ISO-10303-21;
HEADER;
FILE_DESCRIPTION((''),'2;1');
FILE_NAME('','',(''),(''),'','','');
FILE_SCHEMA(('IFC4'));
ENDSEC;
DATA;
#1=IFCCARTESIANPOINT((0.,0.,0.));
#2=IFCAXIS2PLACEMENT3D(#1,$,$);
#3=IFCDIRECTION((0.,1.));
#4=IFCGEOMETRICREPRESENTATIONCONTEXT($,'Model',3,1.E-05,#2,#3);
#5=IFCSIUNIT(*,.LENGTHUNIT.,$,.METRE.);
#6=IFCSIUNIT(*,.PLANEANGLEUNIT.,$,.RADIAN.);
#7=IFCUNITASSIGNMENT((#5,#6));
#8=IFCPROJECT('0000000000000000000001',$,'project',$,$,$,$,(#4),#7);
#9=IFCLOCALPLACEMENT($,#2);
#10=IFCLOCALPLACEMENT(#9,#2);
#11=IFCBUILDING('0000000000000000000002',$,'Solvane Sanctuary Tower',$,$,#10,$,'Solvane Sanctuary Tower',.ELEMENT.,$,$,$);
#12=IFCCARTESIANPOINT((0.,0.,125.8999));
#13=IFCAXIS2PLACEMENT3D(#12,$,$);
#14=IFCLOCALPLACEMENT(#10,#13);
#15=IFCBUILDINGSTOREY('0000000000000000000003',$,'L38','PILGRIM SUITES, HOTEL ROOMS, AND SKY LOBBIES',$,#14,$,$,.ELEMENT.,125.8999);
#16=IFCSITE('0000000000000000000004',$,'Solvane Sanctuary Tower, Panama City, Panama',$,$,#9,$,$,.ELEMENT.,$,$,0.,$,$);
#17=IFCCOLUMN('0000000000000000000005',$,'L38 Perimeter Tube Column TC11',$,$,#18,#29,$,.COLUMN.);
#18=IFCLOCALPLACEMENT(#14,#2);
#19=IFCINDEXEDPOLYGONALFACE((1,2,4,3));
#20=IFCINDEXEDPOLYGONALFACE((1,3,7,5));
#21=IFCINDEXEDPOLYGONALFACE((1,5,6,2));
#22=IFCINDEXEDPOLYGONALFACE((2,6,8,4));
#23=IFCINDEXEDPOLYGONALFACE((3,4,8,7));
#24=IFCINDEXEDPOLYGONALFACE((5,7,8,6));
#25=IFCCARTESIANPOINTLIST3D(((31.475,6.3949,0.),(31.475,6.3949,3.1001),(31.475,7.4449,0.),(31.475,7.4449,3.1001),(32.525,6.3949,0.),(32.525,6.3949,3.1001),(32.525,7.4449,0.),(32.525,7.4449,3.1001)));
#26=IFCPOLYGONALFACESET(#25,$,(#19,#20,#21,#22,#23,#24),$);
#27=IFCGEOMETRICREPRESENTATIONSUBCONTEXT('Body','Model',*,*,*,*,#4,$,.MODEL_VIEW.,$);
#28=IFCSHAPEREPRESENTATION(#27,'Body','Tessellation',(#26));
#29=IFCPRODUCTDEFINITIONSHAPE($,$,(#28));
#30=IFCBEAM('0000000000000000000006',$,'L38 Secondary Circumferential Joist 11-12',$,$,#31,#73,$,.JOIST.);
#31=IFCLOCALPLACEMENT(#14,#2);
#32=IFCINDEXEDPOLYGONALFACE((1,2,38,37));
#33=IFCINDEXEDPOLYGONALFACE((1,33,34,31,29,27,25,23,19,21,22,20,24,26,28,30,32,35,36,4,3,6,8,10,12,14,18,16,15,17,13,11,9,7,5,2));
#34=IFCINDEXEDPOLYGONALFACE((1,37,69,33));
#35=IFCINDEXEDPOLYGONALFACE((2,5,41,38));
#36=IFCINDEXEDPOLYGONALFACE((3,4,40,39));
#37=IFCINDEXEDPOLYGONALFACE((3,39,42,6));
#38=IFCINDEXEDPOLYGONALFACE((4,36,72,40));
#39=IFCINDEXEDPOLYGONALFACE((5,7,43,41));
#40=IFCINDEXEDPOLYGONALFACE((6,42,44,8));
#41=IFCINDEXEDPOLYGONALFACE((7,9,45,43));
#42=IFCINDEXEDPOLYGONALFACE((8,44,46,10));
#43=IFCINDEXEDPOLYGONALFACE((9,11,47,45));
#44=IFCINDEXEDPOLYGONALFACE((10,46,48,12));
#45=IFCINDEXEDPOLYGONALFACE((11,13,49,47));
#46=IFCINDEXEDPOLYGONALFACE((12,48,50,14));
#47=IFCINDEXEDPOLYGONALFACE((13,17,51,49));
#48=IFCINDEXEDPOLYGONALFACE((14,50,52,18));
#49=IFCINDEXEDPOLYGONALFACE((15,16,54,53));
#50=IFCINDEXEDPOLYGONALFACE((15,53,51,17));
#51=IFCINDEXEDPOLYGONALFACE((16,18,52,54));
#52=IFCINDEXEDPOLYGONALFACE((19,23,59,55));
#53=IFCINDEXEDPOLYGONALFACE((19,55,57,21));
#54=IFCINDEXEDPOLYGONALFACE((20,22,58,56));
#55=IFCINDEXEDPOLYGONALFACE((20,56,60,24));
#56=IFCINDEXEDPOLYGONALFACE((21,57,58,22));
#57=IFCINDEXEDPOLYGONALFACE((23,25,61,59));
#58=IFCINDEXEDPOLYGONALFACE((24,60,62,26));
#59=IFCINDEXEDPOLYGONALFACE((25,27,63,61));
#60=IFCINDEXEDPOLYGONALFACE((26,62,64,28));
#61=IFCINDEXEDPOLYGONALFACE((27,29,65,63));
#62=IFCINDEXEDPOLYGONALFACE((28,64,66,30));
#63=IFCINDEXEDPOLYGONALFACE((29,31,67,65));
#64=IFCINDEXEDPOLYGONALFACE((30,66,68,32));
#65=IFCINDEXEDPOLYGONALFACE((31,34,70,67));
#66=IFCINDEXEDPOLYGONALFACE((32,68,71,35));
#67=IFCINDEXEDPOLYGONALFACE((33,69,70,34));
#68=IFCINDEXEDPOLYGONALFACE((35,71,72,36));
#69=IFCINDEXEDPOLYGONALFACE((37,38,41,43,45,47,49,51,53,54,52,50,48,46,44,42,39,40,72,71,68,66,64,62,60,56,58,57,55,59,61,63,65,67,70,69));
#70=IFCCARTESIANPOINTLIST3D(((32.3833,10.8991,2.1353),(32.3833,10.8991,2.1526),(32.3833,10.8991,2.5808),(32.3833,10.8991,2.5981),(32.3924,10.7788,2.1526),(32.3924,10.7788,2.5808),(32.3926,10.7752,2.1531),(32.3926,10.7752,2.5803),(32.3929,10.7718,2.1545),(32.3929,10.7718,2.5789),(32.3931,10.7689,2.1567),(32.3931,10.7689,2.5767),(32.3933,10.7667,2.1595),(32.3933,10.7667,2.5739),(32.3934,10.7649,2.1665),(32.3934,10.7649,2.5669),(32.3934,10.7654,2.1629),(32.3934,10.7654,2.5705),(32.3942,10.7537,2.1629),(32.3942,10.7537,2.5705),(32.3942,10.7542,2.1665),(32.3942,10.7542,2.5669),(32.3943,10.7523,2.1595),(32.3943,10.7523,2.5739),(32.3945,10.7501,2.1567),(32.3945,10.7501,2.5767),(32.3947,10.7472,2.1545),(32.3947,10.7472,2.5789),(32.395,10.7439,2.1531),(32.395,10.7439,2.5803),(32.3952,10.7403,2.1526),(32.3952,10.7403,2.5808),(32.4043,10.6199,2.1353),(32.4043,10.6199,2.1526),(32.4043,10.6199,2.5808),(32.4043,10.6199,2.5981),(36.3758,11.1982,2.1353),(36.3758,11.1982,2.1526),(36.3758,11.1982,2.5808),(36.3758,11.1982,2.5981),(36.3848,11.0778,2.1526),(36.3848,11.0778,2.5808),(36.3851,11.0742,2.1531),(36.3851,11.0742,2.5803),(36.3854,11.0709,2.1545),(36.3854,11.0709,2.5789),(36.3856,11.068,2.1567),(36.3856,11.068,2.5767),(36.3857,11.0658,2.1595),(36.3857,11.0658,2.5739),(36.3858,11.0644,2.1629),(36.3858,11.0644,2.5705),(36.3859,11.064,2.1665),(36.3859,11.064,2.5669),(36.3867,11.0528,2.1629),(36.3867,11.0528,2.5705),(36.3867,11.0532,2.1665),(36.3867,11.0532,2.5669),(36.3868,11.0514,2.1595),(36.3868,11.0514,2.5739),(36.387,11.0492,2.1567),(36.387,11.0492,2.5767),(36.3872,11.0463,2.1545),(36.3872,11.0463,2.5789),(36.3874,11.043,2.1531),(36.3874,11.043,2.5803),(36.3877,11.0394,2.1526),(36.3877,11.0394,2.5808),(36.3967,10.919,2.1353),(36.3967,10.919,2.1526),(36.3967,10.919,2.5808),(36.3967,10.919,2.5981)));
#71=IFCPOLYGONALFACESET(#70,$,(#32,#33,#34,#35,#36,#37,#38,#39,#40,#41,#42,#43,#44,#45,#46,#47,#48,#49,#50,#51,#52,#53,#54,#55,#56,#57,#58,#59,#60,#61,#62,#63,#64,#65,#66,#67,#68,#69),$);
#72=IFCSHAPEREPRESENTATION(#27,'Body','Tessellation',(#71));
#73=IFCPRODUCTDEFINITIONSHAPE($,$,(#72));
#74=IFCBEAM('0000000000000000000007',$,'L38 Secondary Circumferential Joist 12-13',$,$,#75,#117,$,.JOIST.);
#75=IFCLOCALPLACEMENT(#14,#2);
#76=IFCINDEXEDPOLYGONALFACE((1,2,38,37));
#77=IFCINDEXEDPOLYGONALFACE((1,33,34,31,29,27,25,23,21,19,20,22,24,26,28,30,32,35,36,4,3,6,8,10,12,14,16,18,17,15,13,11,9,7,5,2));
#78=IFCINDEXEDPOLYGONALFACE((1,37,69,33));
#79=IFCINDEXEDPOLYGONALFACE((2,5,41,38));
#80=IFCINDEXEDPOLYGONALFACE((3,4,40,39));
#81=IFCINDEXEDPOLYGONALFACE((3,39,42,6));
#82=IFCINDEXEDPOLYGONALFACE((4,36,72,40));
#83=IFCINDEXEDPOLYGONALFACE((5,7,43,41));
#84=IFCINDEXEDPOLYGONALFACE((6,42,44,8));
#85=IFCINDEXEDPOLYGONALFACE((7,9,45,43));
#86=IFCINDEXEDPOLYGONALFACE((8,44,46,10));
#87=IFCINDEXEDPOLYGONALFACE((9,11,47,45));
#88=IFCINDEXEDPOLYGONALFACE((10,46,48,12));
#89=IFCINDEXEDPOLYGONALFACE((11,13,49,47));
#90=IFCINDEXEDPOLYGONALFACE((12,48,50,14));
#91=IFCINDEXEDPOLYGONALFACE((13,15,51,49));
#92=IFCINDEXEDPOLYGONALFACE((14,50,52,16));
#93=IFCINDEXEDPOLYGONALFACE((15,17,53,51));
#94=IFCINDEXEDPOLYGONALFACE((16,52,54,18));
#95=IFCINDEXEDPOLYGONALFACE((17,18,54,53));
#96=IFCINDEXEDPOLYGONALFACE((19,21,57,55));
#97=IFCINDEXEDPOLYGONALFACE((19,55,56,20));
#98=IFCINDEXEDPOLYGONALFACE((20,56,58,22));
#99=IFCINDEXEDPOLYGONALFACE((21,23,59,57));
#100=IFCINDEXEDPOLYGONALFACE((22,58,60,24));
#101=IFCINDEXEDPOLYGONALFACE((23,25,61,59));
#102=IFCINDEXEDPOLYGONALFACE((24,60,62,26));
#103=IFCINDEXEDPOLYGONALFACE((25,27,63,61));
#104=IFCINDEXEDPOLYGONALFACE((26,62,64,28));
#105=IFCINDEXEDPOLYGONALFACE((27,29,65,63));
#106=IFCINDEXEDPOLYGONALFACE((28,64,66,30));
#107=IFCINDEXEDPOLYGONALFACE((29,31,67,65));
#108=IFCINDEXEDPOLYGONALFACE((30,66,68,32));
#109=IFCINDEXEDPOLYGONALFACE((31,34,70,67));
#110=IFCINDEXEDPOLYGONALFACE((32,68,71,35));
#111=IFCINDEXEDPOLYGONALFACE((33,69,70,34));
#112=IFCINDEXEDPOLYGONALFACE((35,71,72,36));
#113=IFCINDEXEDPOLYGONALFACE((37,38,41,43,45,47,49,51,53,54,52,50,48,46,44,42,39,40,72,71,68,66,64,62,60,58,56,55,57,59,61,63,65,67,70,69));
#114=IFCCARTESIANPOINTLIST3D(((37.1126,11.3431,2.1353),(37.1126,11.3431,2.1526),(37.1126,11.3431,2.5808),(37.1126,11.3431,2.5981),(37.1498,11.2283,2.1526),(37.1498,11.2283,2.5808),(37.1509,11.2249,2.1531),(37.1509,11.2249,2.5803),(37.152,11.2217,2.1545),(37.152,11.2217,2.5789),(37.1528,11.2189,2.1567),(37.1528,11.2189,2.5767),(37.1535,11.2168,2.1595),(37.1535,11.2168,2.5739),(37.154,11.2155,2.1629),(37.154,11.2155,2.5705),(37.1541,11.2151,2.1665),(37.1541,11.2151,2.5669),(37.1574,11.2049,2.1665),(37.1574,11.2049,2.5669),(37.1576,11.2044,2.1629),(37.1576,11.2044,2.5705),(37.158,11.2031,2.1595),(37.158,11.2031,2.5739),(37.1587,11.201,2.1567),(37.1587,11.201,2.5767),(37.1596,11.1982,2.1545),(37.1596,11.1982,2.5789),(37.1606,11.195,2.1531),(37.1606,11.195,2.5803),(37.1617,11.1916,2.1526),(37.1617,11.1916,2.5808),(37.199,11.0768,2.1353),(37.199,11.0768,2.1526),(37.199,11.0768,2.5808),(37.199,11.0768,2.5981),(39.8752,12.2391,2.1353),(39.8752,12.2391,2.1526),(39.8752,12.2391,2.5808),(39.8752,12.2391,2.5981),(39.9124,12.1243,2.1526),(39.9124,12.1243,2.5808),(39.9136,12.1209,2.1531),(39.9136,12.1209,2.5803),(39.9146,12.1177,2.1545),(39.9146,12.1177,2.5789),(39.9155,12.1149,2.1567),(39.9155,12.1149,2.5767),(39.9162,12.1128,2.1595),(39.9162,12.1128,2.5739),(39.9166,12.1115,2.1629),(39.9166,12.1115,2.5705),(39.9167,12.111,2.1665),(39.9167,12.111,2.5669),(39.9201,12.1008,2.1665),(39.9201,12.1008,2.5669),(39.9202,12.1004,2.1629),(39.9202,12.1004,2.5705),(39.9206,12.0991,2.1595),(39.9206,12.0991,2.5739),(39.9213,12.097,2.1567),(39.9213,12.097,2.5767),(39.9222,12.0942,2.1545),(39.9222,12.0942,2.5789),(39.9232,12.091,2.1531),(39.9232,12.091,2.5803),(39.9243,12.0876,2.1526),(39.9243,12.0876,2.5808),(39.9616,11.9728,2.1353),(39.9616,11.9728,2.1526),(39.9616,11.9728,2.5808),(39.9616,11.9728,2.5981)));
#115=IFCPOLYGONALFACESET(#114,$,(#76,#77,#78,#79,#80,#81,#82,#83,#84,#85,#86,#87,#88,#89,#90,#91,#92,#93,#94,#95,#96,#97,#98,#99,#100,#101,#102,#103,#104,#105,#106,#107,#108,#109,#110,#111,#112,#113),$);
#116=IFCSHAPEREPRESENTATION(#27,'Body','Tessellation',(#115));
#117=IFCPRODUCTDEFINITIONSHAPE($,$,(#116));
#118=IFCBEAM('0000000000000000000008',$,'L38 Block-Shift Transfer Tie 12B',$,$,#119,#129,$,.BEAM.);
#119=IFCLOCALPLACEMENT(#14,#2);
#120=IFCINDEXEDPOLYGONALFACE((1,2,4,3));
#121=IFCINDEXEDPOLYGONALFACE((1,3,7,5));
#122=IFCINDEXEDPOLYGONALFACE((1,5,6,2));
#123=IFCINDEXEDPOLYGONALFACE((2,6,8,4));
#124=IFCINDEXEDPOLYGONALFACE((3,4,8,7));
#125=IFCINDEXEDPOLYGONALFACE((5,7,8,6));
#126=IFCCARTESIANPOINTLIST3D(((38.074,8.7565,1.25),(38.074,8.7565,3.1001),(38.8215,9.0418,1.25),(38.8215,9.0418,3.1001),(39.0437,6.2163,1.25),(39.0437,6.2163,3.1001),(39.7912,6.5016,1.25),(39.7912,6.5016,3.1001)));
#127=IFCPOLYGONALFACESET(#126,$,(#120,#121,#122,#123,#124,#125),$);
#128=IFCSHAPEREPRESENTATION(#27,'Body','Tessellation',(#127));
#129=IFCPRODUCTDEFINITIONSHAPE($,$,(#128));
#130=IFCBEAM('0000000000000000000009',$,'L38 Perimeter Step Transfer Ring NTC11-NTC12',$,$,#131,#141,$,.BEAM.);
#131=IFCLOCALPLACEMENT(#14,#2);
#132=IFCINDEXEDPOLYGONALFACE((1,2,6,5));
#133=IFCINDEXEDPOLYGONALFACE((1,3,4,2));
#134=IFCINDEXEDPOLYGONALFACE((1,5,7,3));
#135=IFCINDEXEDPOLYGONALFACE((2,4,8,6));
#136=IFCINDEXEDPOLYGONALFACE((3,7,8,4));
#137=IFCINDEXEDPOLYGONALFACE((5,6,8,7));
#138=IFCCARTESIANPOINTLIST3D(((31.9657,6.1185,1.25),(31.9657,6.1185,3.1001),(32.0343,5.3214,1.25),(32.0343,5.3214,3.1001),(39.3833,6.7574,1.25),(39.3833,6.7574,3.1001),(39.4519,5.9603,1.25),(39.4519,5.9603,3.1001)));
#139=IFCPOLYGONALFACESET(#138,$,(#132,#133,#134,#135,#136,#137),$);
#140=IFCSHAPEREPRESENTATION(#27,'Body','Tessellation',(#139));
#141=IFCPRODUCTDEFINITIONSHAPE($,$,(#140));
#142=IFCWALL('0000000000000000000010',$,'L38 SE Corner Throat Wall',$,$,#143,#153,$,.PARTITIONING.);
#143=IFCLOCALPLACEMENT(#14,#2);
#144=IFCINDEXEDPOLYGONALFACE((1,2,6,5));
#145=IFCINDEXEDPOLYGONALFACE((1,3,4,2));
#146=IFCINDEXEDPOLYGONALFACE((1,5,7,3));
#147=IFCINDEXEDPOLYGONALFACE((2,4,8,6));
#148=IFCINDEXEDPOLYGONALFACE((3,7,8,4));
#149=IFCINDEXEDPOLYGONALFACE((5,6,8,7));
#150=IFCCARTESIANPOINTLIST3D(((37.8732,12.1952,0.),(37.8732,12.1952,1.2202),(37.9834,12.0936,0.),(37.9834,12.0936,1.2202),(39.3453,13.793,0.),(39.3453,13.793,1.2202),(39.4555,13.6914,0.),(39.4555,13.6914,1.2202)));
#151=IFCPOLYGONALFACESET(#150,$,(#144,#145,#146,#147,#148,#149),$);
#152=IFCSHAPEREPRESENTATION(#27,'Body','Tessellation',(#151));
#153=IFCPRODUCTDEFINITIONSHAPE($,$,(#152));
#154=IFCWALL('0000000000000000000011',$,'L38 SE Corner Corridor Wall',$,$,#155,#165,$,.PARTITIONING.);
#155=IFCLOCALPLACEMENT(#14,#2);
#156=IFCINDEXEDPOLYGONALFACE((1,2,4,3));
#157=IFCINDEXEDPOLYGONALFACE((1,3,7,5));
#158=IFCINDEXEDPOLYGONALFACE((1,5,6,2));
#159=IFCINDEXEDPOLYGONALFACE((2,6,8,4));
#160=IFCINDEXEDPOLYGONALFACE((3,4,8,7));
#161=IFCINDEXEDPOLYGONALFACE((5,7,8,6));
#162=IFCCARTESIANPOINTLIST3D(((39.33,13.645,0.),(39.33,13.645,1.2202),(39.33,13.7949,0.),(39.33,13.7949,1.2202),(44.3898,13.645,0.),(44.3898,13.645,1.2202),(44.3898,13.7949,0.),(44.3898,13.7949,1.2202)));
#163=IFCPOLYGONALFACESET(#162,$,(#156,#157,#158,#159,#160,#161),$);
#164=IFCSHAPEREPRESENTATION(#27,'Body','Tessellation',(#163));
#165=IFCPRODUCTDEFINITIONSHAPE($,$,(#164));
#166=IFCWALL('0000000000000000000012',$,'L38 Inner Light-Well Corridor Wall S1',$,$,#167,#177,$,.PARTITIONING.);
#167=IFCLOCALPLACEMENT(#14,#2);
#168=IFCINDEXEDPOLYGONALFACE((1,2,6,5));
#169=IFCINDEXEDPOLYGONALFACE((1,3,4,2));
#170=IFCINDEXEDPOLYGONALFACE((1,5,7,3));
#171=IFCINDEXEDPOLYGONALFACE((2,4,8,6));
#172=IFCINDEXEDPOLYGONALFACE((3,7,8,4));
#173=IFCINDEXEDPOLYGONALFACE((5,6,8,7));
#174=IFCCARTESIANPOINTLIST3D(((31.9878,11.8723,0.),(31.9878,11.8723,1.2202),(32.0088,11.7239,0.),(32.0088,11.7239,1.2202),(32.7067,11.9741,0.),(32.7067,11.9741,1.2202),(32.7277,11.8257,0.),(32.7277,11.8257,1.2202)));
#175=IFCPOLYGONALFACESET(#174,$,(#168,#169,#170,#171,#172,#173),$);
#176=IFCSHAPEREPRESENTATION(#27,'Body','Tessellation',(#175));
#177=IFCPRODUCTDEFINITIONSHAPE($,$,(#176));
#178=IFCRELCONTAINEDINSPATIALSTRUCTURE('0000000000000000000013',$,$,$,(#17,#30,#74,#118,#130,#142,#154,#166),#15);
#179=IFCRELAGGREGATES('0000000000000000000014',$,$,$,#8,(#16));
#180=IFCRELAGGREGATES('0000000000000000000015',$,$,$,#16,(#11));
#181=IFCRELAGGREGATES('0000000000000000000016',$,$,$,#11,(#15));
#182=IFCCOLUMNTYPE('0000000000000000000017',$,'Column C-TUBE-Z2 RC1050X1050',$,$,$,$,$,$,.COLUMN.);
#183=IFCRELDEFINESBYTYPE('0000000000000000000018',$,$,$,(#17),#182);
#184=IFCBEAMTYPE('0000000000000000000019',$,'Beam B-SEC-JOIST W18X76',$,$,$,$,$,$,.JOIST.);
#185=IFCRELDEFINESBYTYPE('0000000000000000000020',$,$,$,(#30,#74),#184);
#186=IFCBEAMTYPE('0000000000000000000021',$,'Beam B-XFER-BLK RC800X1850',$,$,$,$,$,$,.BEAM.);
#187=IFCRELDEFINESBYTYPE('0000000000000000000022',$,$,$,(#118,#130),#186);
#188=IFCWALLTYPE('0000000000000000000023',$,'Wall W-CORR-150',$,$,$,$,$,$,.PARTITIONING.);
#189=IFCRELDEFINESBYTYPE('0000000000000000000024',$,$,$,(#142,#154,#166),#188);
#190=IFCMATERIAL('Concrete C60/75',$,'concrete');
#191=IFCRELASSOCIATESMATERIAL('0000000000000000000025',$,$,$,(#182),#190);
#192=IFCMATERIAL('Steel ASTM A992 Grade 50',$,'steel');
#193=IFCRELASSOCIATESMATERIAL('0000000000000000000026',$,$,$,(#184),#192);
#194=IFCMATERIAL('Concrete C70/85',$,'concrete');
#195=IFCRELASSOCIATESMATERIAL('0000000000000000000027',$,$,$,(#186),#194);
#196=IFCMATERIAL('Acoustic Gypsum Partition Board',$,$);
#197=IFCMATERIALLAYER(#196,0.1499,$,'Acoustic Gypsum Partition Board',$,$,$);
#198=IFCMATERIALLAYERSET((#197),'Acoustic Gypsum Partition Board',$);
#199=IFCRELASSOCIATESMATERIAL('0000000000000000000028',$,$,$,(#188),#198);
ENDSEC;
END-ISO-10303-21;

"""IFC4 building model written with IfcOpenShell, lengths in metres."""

from ifc_helpers import new_model, si_unit, direction, frame, frame_2d, origin, origin_2d, place, context, subcontext, project, spatial, rectangle, i_section, extrude, material, layer, layer_set, material_profile, profile_set, type_object, element, save


model = new_model("IFC4")

# Units and contexts
model_context = context("Model", 3, precision=1e-05, world=origin(), true_north=direction((0.0, 1.0)))
body_context = subcontext(model_context, "Body", "Model", "MODEL_VIEW")
ifc_project = project(units=[si_unit("LENGTHUNIT", "METRE"), si_unit("PLANEANGLEUNIT", "RADIAN")], contexts=[model_context])

# Site, building, storey
site_placement = place(None, origin())
site = spatial("IfcSite", under=ifc_project, at=site_placement, Name="Solvane Sanctuary Tower, Panama City, Panama", CompositionType="ELEMENT", RefElevation=0.0)
building_placement = place(site_placement, origin())
building = spatial("IfcBuilding", under=site, at=building_placement, Name="Solvane Sanctuary Tower", LongName="Solvane Sanctuary Tower", CompositionType="ELEMENT")
storey_placement = place(building_placement, frame((0.0, 0.0, 125.8999)))
storey = spatial("IfcBuildingStorey", under=building, at=storey_placement, Name="L38", Description="PILGRIM SUITES, HOTEL ROOMS, AND SKY LOBBIES", CompositionType="ELEMENT", Elevation=125.8999)

# Column
ifc_material_1 = material(Name="Concrete C60/75", Category="concrete")
ifc_material_profile_1 = material_profile(ifc_material_1, rectangle(XDim=1.05, YDim=1.05, at=origin_2d()), Name="RC1050X1050")
ifc_profile_set_1 = profile_set([ifc_material_profile_1], Name="Concrete C60/75")
column_type = type_object("IfcColumnType", Name="Column C-TUBE-Z2 RC1050X1050", PredefinedType="COLUMN", material=ifc_profile_set_1)
column_placement = place(storey_placement, frame((32.0, 6.9199, 0.0), z_axis=(0.0, 0.0, 1.0), x_axis=(0.0, -1.0, 0.0)))
element("IfcColumn", 1, at=column_placement, inside=storey, type_object=column_type, Name="L38 Perimeter Tube Column TC11", PredefinedType="COLUMN", context=body_context, shape_type="SweptSolid", body=[
    extrude(rectangle(XDim=1.05, YDim=1.05, at=origin_2d()), origin(), (0.0, 0.0, 1.0), 3.1001),
])

# Beams
ifc_material_2 = material(Name="Steel ASTM A992 Grade 50", Category="steel")
ifc_material_profile_2 = material_profile(ifc_material_2, i_section(OverallWidth=0.28, OverallDepth=0.4629, WebThickness=0.0107, FlangeThickness=0.0173, FilletRadius=0.0139, at=origin_2d()), Name="W18X76")
ifc_profile_set_2 = profile_set([ifc_material_profile_2], Name="Steel ASTM A992 Grade 50")
beam_type_1 = type_object("IfcBeamType", Name="Beam B-SEC-JOIST W18X76", PredefinedType="JOIST", material=ifc_profile_set_2)
beam_1_placement = place(storey_placement, frame((32.3938, 10.7595, 2.3667), z_axis=(0.997206, 0.074701, 0.0), x_axis=(-0.074701, 0.997206, 0.0)))
element("IfcBeam", 2, at=beam_1_placement, inside=storey, type_object=beam_type_1, Name="L38 Secondary Circumferential Joist 11-12", PredefinedType="JOIST", context=body_context, shape_type="SweptSolid", body=[
    extrude(i_section(OverallWidth=0.28, OverallDepth=0.4629, WebThickness=0.0107, FlangeThickness=0.0173, FilletRadius=0.0139, at=origin_2d()), origin(), (0.0, 0.0, 1.0), 4.0037),
])
beam_2_placement = place(storey_placement, frame((37.1558, 11.21, 2.3667), z_axis=(0.951224, 0.308501, 0.0), x_axis=(-0.308501, 0.951224, 0.0)))
element("IfcBeam", 3, at=beam_2_placement, inside=storey, type_object=beam_type_1, Name="L38 Secondary Circumferential Joist 12-13", PredefinedType="JOIST", context=body_context, shape_type="SweptSolid", body=[
    extrude(i_section(OverallWidth=0.28, OverallDepth=0.4629, WebThickness=0.0107, FlangeThickness=0.0173, FilletRadius=0.0139, at=origin_2d()), origin(), (0.0, 0.0, 1.0), 2.9043),
])
ifc_material_3 = material(Name="Concrete C70/85", Category="concrete")
ifc_material_profile_3 = material_profile(ifc_material_3, rectangle(XDim=0.8, YDim=1.8501, at=origin_2d()), Name="RC800X1850")
ifc_profile_set_3 = profile_set([ifc_material_profile_3], Name="Concrete C70/85")
beam_type_2 = type_object("IfcBeamType", Name="Beam B-XFER-BLK RC800X1850", PredefinedType="BEAM", material=ifc_profile_set_3)
beam_3_placement = place(storey_placement, frame((38.4478, 8.8992, 2.175), z_axis=(0.356637, -0.934243, 0.0), x_axis=(0.934243, 0.356637, 0.0)))
element("IfcBeam", 4, at=beam_3_placement, inside=storey, type_object=beam_type_2, Name="L38 Block-Shift Transfer Tie 12B", PredefinedType="BEAM", context=body_context, shape_type="SweptSolid", body=[
    extrude(rectangle(XDim=0.8, YDim=1.8501, at=origin_2d()), origin(), (0.0, 0.0, 1.0), 2.719),
])
beam_4_placement = place(storey_placement, frame((32.0, 5.72, 2.175), z_axis=(0.996311, 0.085819, 0.0), x_axis=(-0.085819, 0.996311, 0.0)))
element("IfcBeam", 5, at=beam_4_placement, inside=storey, type_object=beam_type_2, Name="L38 Perimeter Step Transfer Ring NTC11-NTC12", PredefinedType="BEAM", context=body_context, shape_type="SweptSolid", body=[
    extrude(rectangle(XDim=0.8, YDim=1.8501, at=origin_2d()), origin(), (0.0, 0.0, 1.0), 7.4451),
])

# Walls
ifc_material_4 = material(Name="Acoustic Gypsum Partition Board")
ifc_layer_1 = layer(ifc_material_4, 0.1499, Name="Acoustic Gypsum Partition Board")
ifc_layer_set_1 = layer_set([ifc_layer_1], Name="Acoustic Gypsum Partition Board")
wall_type_1 = type_object("IfcWallType", Name="Wall W-CORR-150", PredefinedType="PARTITIONING", material=ifc_layer_set_1)
wall_1_placement = place(storey_placement, frame((37.9282, 12.1443, 0.0), z_axis=(0.0, 0.0, 1.0), x_axis=(0.67758, 0.735449, 0.0)))
element("IfcWall", 6, at=wall_1_placement, inside=storey, type_object=wall_type_1, Name="L38 SE Corner Throat Wall", PredefinedType="PARTITIONING", context=body_context, shape_type="SweptSolid", body=[
    extrude(rectangle(XDim=2.1726, YDim=0.1499, at=frame_2d((1.0864, 0.0))), origin(), (0.0, 0.0, 1.0), 1.2202),
])
wall_2_placement = place(storey_placement, frame((39.3301, 13.72, 0.0), z_axis=(0.0, 0.0, 1.0), x_axis=(1.0, 0.0, 0.0)))
element("IfcWall", 7, at=wall_2_placement, inside=storey, type_object=wall_type_1, Name="L38 SE Corner Corridor Wall", PredefinedType="PARTITIONING", context=body_context, shape_type="SweptSolid", body=[
    extrude(rectangle(XDim=5.0598, YDim=0.1499, at=frame_2d((2.5298, 0.0))), origin(), (0.0, 0.0, 1.0), 1.2202),
])
wall_3_placement = place(storey_placement, frame((31.9983, 11.7981, 0.0), z_axis=(0.0, 0.0, 1.0), x_axis=(0.990124, 0.140197, 0.0)))
element("IfcWall", 8, at=wall_3_placement, inside=storey, type_object=wall_type_1, Name="L38 Inner Light-Well Corridor Wall S1", PredefinedType="PARTITIONING", context=body_context, shape_type="SweptSolid", body=[
    extrude(rectangle(XDim=0.7261, YDim=0.1499, at=frame_2d((0.363, 0.0))), origin(), (0.0, 0.0, 1.0), 1.2202),
])

save(model, "model.ifc")
